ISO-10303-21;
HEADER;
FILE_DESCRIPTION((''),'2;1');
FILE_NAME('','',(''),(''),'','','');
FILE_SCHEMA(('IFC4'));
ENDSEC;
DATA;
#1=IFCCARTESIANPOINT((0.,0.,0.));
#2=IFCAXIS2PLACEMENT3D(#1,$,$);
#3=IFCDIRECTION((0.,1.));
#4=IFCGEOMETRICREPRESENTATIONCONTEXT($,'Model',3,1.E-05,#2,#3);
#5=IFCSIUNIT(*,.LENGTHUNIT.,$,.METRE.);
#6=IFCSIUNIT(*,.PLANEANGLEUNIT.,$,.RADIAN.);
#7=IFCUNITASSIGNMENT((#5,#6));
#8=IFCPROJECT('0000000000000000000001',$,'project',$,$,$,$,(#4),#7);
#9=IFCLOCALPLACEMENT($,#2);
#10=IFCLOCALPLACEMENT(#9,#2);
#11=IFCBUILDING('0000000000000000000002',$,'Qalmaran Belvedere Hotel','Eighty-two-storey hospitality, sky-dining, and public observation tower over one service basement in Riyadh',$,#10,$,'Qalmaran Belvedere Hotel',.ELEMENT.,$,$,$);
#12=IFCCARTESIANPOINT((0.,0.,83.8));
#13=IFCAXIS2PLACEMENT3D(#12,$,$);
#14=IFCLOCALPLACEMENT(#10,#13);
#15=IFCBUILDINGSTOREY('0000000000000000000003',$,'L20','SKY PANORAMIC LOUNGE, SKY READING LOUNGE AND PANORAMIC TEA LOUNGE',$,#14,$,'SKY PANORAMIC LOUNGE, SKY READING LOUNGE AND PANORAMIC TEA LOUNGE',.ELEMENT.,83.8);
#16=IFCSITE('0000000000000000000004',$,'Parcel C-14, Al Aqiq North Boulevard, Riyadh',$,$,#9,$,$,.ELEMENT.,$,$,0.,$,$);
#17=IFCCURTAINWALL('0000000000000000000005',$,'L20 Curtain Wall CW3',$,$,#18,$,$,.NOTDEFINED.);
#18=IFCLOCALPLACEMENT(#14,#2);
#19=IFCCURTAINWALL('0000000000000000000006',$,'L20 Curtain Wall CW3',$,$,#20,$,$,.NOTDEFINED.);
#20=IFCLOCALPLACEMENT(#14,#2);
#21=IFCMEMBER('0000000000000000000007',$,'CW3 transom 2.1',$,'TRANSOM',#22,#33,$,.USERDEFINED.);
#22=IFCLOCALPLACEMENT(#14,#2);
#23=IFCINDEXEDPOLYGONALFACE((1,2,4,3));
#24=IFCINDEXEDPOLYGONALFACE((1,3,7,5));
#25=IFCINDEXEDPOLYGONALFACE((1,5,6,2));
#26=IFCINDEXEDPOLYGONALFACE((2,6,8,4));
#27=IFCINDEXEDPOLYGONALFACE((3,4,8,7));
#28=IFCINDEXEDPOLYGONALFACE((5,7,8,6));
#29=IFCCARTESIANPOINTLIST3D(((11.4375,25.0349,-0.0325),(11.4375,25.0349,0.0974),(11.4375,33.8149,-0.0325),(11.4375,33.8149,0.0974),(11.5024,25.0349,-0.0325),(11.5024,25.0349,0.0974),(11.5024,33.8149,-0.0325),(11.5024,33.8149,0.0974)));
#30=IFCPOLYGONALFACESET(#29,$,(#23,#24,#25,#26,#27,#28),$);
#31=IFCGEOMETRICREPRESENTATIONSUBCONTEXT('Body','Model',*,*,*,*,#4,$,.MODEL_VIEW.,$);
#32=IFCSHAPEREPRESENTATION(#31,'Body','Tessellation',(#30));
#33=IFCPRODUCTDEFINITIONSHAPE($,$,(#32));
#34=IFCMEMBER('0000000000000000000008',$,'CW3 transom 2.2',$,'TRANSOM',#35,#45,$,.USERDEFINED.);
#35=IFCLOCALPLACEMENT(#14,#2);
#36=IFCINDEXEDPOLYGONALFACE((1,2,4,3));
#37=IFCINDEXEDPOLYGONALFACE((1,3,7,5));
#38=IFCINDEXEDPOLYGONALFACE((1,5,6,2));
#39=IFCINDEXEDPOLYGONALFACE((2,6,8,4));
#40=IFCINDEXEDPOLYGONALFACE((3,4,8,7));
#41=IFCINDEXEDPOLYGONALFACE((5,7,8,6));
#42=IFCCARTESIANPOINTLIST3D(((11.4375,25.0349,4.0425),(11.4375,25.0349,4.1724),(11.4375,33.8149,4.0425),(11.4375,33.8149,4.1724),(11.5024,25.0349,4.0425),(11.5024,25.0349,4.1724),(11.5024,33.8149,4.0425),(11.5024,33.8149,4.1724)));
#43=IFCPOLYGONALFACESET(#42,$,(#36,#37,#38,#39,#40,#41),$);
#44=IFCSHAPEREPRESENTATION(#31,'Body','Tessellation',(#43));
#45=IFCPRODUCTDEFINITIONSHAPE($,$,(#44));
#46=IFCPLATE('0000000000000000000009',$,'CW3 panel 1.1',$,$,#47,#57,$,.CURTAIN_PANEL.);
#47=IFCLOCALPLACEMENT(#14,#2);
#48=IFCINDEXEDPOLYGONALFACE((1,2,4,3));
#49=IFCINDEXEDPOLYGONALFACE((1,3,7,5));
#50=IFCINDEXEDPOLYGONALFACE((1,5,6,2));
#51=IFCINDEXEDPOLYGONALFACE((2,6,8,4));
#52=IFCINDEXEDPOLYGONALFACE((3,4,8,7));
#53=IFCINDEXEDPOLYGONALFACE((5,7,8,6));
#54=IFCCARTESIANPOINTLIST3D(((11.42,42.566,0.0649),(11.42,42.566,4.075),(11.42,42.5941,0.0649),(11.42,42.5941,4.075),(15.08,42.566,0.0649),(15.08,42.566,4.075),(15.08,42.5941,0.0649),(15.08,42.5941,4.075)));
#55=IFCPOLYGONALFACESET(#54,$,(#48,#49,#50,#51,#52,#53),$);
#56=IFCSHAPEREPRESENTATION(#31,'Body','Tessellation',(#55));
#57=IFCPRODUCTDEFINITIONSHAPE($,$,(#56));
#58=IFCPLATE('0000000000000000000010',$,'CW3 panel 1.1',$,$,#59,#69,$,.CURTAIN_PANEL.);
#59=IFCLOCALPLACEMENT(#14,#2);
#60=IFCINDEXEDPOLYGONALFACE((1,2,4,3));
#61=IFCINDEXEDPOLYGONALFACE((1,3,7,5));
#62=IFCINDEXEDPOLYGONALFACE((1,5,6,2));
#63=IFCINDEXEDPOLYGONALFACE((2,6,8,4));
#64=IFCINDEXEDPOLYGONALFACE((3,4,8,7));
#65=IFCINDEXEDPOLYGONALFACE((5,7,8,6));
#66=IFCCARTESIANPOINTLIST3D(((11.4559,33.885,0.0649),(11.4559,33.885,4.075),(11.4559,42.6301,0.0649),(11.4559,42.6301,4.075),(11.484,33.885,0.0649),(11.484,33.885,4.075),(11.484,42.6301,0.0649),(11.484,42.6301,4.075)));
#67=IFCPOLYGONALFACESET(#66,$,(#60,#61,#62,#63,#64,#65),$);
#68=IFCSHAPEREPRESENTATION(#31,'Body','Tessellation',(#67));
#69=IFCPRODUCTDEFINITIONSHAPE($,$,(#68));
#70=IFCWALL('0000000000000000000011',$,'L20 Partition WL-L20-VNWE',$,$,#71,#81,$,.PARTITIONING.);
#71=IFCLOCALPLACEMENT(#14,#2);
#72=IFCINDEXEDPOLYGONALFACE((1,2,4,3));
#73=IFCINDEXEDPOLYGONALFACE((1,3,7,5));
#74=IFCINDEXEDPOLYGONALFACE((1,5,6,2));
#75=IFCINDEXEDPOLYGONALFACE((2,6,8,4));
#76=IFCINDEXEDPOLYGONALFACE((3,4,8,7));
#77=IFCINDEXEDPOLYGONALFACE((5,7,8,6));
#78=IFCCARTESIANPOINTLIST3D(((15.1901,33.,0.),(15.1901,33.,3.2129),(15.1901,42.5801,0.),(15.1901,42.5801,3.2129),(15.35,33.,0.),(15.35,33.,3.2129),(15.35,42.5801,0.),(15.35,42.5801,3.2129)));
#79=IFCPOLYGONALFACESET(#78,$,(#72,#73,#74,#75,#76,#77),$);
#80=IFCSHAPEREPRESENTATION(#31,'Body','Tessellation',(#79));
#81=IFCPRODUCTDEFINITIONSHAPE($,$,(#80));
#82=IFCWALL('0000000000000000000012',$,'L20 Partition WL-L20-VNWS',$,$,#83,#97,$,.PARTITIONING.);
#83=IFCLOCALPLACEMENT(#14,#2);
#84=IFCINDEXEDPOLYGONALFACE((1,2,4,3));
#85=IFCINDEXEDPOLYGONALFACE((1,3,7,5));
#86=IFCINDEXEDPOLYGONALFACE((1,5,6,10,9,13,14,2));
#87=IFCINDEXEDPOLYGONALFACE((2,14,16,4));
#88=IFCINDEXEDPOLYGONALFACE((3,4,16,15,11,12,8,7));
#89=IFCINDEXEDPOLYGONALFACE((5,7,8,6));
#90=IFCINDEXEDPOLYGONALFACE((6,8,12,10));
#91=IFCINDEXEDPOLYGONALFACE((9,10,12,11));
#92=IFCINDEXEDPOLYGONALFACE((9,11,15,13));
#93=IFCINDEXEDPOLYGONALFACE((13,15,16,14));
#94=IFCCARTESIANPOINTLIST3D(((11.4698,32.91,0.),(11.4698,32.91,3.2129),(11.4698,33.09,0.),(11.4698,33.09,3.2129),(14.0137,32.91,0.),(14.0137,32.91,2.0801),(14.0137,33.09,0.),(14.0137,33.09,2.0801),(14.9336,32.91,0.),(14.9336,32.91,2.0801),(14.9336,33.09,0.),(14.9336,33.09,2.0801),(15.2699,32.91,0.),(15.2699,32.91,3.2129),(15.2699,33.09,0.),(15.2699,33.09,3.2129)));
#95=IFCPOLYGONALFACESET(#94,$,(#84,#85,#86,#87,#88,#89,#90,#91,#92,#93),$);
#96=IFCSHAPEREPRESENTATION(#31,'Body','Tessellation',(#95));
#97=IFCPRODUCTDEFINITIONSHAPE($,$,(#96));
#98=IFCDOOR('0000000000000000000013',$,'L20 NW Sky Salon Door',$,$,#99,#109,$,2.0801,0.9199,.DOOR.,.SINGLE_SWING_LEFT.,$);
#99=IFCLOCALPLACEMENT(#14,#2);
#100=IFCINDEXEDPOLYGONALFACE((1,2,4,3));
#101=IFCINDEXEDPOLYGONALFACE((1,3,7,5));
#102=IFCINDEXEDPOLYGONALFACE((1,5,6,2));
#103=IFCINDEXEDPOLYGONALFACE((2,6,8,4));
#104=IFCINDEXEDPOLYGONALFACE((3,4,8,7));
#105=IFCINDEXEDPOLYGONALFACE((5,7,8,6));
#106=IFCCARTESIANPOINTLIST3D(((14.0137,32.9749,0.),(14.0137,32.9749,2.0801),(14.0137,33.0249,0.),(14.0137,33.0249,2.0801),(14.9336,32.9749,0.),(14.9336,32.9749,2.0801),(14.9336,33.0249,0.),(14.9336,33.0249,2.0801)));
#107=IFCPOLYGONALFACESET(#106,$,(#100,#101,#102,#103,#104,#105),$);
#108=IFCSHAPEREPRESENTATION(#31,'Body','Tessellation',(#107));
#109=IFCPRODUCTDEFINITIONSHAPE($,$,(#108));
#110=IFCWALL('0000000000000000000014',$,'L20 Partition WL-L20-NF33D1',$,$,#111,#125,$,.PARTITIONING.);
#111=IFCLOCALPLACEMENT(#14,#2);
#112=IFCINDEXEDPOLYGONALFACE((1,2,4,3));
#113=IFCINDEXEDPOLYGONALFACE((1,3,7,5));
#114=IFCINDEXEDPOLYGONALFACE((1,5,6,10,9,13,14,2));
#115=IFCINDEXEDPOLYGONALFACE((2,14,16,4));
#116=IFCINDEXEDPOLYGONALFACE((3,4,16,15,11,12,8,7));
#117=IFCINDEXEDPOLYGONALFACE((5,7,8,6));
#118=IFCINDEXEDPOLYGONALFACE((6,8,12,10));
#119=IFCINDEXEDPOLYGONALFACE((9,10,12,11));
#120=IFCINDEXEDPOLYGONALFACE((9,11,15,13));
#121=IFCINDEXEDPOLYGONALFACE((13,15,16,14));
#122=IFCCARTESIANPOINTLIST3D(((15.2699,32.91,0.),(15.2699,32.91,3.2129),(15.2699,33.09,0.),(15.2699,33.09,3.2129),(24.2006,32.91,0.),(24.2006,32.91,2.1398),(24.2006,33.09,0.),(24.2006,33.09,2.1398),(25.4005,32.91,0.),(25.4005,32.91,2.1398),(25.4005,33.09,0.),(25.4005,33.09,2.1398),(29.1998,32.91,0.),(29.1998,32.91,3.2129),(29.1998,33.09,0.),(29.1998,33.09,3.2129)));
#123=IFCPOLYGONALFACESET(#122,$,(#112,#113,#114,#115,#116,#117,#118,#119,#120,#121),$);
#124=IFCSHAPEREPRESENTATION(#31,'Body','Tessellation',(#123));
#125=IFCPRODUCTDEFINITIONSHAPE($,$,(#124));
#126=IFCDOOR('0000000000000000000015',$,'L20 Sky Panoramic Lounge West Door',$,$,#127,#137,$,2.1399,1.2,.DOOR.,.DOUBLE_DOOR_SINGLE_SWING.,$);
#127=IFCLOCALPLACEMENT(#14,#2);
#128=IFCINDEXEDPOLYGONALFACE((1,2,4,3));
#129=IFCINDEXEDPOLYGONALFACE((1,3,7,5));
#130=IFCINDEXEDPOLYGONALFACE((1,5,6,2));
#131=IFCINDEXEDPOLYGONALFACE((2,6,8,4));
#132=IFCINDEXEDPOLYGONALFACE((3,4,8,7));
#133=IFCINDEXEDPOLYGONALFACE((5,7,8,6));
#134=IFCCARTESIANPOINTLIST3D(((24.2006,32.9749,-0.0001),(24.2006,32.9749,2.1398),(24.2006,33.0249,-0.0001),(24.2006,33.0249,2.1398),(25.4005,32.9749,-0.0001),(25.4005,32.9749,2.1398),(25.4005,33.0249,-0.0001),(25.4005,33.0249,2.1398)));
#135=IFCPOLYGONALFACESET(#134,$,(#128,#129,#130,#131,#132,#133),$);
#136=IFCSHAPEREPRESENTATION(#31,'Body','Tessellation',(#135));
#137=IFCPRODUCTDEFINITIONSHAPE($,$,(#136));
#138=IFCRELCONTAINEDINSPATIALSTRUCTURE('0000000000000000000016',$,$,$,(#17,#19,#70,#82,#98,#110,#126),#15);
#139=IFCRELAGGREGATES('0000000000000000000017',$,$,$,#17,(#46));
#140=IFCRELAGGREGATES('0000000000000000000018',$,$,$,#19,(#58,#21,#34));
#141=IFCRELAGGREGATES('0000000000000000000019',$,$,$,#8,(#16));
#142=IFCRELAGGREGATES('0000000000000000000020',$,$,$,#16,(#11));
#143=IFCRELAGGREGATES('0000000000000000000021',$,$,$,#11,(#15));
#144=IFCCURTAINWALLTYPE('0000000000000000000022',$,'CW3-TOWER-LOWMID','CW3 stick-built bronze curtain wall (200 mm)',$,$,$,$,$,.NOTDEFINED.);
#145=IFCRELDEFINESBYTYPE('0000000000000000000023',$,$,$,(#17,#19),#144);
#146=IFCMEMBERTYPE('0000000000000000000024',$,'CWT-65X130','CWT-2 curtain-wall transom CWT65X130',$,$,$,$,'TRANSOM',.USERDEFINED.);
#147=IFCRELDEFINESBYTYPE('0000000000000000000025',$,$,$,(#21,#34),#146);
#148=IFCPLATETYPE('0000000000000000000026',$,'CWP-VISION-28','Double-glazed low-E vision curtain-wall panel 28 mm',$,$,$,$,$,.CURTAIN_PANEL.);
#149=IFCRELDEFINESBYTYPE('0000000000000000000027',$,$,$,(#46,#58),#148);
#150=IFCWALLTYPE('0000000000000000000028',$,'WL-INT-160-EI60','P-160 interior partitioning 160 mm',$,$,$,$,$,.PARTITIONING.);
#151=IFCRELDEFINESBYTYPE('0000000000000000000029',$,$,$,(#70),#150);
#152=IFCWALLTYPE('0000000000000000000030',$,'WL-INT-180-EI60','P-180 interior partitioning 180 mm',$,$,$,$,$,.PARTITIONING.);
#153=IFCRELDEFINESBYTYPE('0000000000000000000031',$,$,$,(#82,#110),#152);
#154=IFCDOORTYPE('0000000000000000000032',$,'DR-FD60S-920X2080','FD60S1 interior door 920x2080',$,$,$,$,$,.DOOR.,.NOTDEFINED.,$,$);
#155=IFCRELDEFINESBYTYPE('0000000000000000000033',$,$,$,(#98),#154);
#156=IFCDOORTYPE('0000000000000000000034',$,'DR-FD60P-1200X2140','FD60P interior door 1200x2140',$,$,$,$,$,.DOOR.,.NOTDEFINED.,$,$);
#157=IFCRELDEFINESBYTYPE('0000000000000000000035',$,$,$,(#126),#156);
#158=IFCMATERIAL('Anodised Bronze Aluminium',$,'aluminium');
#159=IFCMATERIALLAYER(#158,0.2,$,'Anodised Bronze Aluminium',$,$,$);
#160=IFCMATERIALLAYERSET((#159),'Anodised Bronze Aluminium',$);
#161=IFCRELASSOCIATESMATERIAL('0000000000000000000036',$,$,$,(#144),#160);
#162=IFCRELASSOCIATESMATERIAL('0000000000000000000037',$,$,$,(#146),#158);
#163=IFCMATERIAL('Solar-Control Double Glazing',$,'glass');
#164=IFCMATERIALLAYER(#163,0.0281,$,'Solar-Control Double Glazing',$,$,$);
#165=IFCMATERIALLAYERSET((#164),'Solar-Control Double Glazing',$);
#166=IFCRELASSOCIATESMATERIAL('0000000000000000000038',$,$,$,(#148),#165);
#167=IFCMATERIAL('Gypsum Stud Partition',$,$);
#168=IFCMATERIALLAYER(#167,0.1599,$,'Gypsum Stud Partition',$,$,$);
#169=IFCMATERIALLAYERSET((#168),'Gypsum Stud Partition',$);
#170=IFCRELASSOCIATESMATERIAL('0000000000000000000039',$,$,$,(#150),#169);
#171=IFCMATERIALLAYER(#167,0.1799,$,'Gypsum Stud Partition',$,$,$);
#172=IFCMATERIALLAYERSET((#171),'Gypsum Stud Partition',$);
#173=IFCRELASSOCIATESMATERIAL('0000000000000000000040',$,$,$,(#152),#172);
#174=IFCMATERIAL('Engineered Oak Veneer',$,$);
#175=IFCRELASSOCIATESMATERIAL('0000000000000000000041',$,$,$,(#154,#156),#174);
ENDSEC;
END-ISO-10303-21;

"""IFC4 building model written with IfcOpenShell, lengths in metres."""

from ifc_helpers import new_model, si_unit, direction, frame, frame_2d, origin, origin_2d, place, context, subcontext, project, spatial, rectangle, extrude, material, layer, layer_set, material_profile, profile_set, type_object, element, fill, aggregate, save


model = new_model("IFC4")

# Units and contexts
model_context = context("Model", 3, precision=1e-05, world=origin(), true_north=direction((0.0, 1.0)))
body_context = subcontext(model_context, "Body", "Model", "MODEL_VIEW")
ifc_project = project(units=[si_unit("LENGTHUNIT", "METRE"), si_unit("PLANEANGLEUNIT", "RADIAN")], contexts=[model_context])

# Site, building, storey
site_placement = place(None, origin())
site = spatial("IfcSite", under=ifc_project, at=site_placement, Name="Parcel C-14, Al Aqiq North Boulevard, Riyadh", CompositionType="ELEMENT", RefElevation=0.0)
building_placement = place(site_placement, origin())
building = spatial("IfcBuilding", under=site, at=building_placement, Name="Qalmaran Belvedere Hotel", Description="Eighty-two-storey hospitality, sky-dining, and public observation tower over one service basement in Riyadh", LongName="Qalmaran Belvedere Hotel", CompositionType="ELEMENT")
storey_placement = place(building_placement, frame((0.0, 0.0, 83.8)))
storey = spatial("IfcBuildingStorey", under=building, at=storey_placement, Name="L20", Description="SKY PANORAMIC LOUNGE, SKY READING LOUNGE AND PANORAMIC TEA LOUNGE", LongName="SKY PANORAMIC LOUNGE, SKY READING LOUNGE AND PANORAMIC TEA LOUNGE", CompositionType="ELEMENT", Elevation=83.8)

# Shared definitions
ifc_material_1 = material(Name="Anodised Bronze Aluminium", Category="aluminium")
ifc_layer_1 = layer(ifc_material_1, 0.2, Name="Anodised Bronze Aluminium")
ifc_layer_set_1 = layer_set([ifc_layer_1], Name="Anodised Bronze Aluminium")
curtain_wall_type = type_object("IfcCurtainWallType", Name="CW3-TOWER-LOWMID", Description="CW3 stick-built bronze curtain wall (200 mm)", PredefinedType="NOTDEFINED", material=ifc_layer_set_1)

# Curtain walls
curtain_wall_1_placement = place(storey_placement, origin())
curtain_wall_1 = element("IfcCurtainWall", 1, at=curtain_wall_1_placement, inside=storey, type_object=curtain_wall_type, Name="L20 Curtain Wall CW3", PredefinedType="NOTDEFINED")
curtain_wall_2_placement = place(storey_placement, origin())
curtain_wall_2 = element("IfcCurtainWall", 2, at=curtain_wall_2_placement, inside=storey, type_object=curtain_wall_type, Name="L20 Curtain Wall CW3", PredefinedType="NOTDEFINED")

# Members
ifc_material_profile_1 = material_profile(ifc_material_1, rectangle(XDim=0.0649, YDim=0.1299, at=origin_2d()), Name="CWT65X130")
ifc_profile_set_1 = profile_set([ifc_material_profile_1], Name="Anodised Bronze Aluminium")
member_type_1 = type_object("IfcMemberType", Name="CWT-65X130", Description="CWT-2 curtain-wall transom CWT65X130", ElementType="TRANSOM", PredefinedType="USERDEFINED", material=ifc_profile_set_1)
member_1_placement = place(storey_placement, frame((11.47, 33.8149, 0.0325), z_axis=(0.0, -1.0, 0.0), x_axis=(1.0, 0.0, 0.0)))
member_1 = element("IfcMember", 3, at=member_1_placement, type_object=member_type_1, Name="CW3 transom 2.1", ObjectType="TRANSOM", PredefinedType="USERDEFINED", context=body_context, shape_type="SweptSolid", body=[
    extrude(rectangle(XDim=0.0649, YDim=0.1299, at=origin_2d()), origin(), (0.0, 0.0, 1.0), 8.78),
])
member_2_placement = place(storey_placement, frame((11.47, 33.8149, 4.1074), z_axis=(0.0, -1.0, 0.0), x_axis=(1.0, 0.0, 0.0)))
member_2 = element("IfcMember", 4, at=member_2_placement, type_object=member_type_1, Name="CW3 transom 2.2", ObjectType="TRANSOM", PredefinedType="USERDEFINED", context=body_context, shape_type="SweptSolid", body=[
    extrude(rectangle(XDim=0.0649, YDim=0.1299, at=origin_2d()), origin(), (0.0, 0.0, 1.0), 8.78),
])

# Plates
ifc_material_2 = material(Name="Solar-Control Double Glazing", Category="glass")
ifc_layer_2 = layer(ifc_material_2, 0.0281, Name="Solar-Control Double Glazing")
ifc_layer_set_2 = layer_set([ifc_layer_2], Name="Solar-Control Double Glazing")
plate_type = type_object("IfcPlateType", Name="CWP-VISION-28", Description="Double-glazed low-E vision curtain-wall panel 28 mm", PredefinedType="CURTAIN_PANEL", material=ifc_layer_set_2)
plate_1_placement = place(storey_placement, frame((13.25, 42.5801, 0.0649), z_axis=(0.0, 0.0, 1.0), x_axis=(-1.0, 0.0, 0.0)))
plate_1 = element("IfcPlate", 5, at=plate_1_placement, type_object=plate_type, Name="CW3 panel 1.1", PredefinedType="CURTAIN_PANEL", context=body_context, shape_type="SweptSolid", body=[
    extrude(rectangle(XDim=3.6599, YDim=0.0281, at=origin_2d()), origin(), (0.0, 0.0, 1.0), 4.01),
])
aggregate(curtain_wall_1, [plate_1])
plate_2_placement = place(storey_placement, frame((11.47, 38.2576, 0.0649), z_axis=(0.0, 0.0, 1.0), x_axis=(0.0, -1.0, 0.0)))
plate_2 = element("IfcPlate", 6, at=plate_2_placement, type_object=plate_type, Name="CW3 panel 1.1", PredefinedType="CURTAIN_PANEL", context=body_context, shape_type="SweptSolid", body=[
    extrude(rectangle(XDim=8.7451, YDim=0.0281, at=origin_2d()), origin(), (0.0, 0.0, 1.0), 4.01),
])
aggregate(curtain_wall_2, [plate_2, member_1, member_2])

# Wall
ifc_material_3 = material(Name="Gypsum Stud Partition")
ifc_layer_3 = layer(ifc_material_3, 0.1599, Name="Gypsum Stud Partition")
ifc_layer_set_3 = layer_set([ifc_layer_3], Name="Gypsum Stud Partition")
wall_type_1 = type_object("IfcWallType", Name="WL-INT-160-EI60", Description="P-160 interior partitioning 160 mm", PredefinedType="PARTITIONING", material=ifc_layer_set_3)
wall_1_placement = place(storey_placement, frame((15.27, 33.0, 0.0), z_axis=(0.0, 0.0, 1.0), x_axis=(0.0, 1.0, 0.0)))
element("IfcWall", 7, at=wall_1_placement, inside=storey, type_object=wall_type_1, Name="L20 Partition WL-L20-VNWE", PredefinedType="PARTITIONING", context=body_context, shape_type="SweptSolid", body=[
    extrude(rectangle(XDim=9.5801, YDim=0.1599, at=frame_2d((4.79, 0.0))), origin(), (0.0, 0.0, 1.0), 3.2129),
])

# Walls, openings, doors
ifc_layer_4 = layer(ifc_material_3, 0.1799, Name="Gypsum Stud Partition")
ifc_layer_set_4 = layer_set([ifc_layer_4], Name="Gypsum Stud Partition")
wall_type_2 = type_object("IfcWallType", Name="WL-INT-180-EI60", Description="P-180 interior partitioning 180 mm", PredefinedType="PARTITIONING", material=ifc_layer_set_4)
wall_2_placement = place(storey_placement, frame((11.47, 33.0, 0.0), z_axis=(0.0, 0.0, 1.0), x_axis=(1.0, 0.0, 0.0)))
wall_2 = element("IfcWall", 8, at=wall_2_placement, inside=storey, type_object=wall_type_2, Name="L20 Partition WL-L20-VNWS", PredefinedType="PARTITIONING", context=body_context, shape_type="SweptSolid", body=[
    extrude(rectangle(XDim=3.8, YDim=0.1799, at=frame_2d((1.8999, 0.0))), origin(), (0.0, 0.0, 1.0), 3.2129),
])
opening_1_placement = place(wall_2_placement, frame((2.5437, 0.0, 0.0)))
opening_1 = element("IfcOpeningElement", 9, at=opening_1_placement, cuts=wall_2, PredefinedType="OPENING", context=body_context, shape_type="SweptSolid", body=[
    extrude(rectangle(XDim=0.9199, YDim=2.0801, at=frame_2d((0.46, 1.04))), frame((0.0, 0.1001, 0.0), z_axis=(0.0, -1.0, 0.0), x_axis=(1.0, 0.0, 0.0)), (0.0, 0.0, 1.0), 0.2),
])
ifc_material_4 = material(Name="Engineered Oak Veneer")
door_type_1 = type_object("IfcDoorType", Name="DR-FD60S-920X2080", Description="FD60S1 interior door 920x2080", OperationType="NOTDEFINED", PredefinedType="DOOR", material=ifc_material_4)
door_1_placement = place(opening_1_placement, origin())
door_1 = element("IfcDoor", 10, at=door_1_placement, inside=storey, type_object=door_type_1, Name="L20 NW Sky Salon Door", OperationType="SINGLE_SWING_LEFT", OverallHeight=2.0801, OverallWidth=0.9199, PredefinedType="DOOR", context=body_context, shape_type="SweptSolid", body=[
    extrude(rectangle(XDim=0.9199, YDim=2.0801, at=frame_2d((0.46, 1.04))), frame((0.0, 0.0249, 0.0), z_axis=(0.0, -1.0, 0.0), x_axis=(1.0, 0.0, 0.0)), (0.0, 0.0, 1.0), 0.05),
])
fill(opening_1, door_1)
wall_3_placement = place(storey_placement, frame((15.27, 33.0, 0.0), z_axis=(0.0, 0.0, 1.0), x_axis=(1.0, 0.0, 0.0)))
wall_3 = element("IfcWall", 11, at=wall_3_placement, inside=storey, type_object=wall_type_2, Name="L20 Partition WL-L20-NF33D1", PredefinedType="PARTITIONING", context=body_context, shape_type="SweptSolid", body=[
    extrude(rectangle(XDim=13.9299, YDim=0.1799, at=frame_2d((6.9648, 0.0))), origin(), (0.0, 0.0, 1.0), 3.2129),
])
opening_2_placement = place(wall_3_placement, frame((8.9304, 0.0, 0.0)))
opening_2 = element("IfcOpeningElement", 12, at=opening_2_placement, cuts=wall_3, PredefinedType="OPENING", context=body_context, shape_type="SweptSolid", body=[
    extrude(rectangle(XDim=1.2, YDim=2.1399, at=frame_2d((0.6001, 1.0698))), frame((0.0, 0.1001, 0.0), z_axis=(0.0, -1.0, 0.0), x_axis=(1.0, 0.0, 0.0)), (0.0, 0.0, 1.0), 0.2),
])
door_type_2 = type_object("IfcDoorType", Name="DR-FD60P-1200X2140", Description="FD60P interior door 1200x2140", OperationType="NOTDEFINED", PredefinedType="DOOR", material=ifc_material_4)
door_2_placement = place(opening_2_placement, origin())
door_2 = element("IfcDoor", 13, at=door_2_placement, inside=storey, type_object=door_type_2, Name="L20 Sky Panoramic Lounge West Door", OperationType="DOUBLE_DOOR_SINGLE_SWING", OverallHeight=2.1399, OverallWidth=1.2, PredefinedType="DOOR", context=body_context, shape_type="SweptSolid", body=[
    extrude(rectangle(XDim=1.2, YDim=2.1399, at=frame_2d((0.6001, 1.0698))), frame((0.0, 0.0249, 0.0), z_axis=(0.0, -1.0, 0.0), x_axis=(1.0, 0.0, 0.0)), (0.0, 0.0, 1.0), 0.05),
])
fill(opening_2, door_2)

save(model, "model.ifc")
